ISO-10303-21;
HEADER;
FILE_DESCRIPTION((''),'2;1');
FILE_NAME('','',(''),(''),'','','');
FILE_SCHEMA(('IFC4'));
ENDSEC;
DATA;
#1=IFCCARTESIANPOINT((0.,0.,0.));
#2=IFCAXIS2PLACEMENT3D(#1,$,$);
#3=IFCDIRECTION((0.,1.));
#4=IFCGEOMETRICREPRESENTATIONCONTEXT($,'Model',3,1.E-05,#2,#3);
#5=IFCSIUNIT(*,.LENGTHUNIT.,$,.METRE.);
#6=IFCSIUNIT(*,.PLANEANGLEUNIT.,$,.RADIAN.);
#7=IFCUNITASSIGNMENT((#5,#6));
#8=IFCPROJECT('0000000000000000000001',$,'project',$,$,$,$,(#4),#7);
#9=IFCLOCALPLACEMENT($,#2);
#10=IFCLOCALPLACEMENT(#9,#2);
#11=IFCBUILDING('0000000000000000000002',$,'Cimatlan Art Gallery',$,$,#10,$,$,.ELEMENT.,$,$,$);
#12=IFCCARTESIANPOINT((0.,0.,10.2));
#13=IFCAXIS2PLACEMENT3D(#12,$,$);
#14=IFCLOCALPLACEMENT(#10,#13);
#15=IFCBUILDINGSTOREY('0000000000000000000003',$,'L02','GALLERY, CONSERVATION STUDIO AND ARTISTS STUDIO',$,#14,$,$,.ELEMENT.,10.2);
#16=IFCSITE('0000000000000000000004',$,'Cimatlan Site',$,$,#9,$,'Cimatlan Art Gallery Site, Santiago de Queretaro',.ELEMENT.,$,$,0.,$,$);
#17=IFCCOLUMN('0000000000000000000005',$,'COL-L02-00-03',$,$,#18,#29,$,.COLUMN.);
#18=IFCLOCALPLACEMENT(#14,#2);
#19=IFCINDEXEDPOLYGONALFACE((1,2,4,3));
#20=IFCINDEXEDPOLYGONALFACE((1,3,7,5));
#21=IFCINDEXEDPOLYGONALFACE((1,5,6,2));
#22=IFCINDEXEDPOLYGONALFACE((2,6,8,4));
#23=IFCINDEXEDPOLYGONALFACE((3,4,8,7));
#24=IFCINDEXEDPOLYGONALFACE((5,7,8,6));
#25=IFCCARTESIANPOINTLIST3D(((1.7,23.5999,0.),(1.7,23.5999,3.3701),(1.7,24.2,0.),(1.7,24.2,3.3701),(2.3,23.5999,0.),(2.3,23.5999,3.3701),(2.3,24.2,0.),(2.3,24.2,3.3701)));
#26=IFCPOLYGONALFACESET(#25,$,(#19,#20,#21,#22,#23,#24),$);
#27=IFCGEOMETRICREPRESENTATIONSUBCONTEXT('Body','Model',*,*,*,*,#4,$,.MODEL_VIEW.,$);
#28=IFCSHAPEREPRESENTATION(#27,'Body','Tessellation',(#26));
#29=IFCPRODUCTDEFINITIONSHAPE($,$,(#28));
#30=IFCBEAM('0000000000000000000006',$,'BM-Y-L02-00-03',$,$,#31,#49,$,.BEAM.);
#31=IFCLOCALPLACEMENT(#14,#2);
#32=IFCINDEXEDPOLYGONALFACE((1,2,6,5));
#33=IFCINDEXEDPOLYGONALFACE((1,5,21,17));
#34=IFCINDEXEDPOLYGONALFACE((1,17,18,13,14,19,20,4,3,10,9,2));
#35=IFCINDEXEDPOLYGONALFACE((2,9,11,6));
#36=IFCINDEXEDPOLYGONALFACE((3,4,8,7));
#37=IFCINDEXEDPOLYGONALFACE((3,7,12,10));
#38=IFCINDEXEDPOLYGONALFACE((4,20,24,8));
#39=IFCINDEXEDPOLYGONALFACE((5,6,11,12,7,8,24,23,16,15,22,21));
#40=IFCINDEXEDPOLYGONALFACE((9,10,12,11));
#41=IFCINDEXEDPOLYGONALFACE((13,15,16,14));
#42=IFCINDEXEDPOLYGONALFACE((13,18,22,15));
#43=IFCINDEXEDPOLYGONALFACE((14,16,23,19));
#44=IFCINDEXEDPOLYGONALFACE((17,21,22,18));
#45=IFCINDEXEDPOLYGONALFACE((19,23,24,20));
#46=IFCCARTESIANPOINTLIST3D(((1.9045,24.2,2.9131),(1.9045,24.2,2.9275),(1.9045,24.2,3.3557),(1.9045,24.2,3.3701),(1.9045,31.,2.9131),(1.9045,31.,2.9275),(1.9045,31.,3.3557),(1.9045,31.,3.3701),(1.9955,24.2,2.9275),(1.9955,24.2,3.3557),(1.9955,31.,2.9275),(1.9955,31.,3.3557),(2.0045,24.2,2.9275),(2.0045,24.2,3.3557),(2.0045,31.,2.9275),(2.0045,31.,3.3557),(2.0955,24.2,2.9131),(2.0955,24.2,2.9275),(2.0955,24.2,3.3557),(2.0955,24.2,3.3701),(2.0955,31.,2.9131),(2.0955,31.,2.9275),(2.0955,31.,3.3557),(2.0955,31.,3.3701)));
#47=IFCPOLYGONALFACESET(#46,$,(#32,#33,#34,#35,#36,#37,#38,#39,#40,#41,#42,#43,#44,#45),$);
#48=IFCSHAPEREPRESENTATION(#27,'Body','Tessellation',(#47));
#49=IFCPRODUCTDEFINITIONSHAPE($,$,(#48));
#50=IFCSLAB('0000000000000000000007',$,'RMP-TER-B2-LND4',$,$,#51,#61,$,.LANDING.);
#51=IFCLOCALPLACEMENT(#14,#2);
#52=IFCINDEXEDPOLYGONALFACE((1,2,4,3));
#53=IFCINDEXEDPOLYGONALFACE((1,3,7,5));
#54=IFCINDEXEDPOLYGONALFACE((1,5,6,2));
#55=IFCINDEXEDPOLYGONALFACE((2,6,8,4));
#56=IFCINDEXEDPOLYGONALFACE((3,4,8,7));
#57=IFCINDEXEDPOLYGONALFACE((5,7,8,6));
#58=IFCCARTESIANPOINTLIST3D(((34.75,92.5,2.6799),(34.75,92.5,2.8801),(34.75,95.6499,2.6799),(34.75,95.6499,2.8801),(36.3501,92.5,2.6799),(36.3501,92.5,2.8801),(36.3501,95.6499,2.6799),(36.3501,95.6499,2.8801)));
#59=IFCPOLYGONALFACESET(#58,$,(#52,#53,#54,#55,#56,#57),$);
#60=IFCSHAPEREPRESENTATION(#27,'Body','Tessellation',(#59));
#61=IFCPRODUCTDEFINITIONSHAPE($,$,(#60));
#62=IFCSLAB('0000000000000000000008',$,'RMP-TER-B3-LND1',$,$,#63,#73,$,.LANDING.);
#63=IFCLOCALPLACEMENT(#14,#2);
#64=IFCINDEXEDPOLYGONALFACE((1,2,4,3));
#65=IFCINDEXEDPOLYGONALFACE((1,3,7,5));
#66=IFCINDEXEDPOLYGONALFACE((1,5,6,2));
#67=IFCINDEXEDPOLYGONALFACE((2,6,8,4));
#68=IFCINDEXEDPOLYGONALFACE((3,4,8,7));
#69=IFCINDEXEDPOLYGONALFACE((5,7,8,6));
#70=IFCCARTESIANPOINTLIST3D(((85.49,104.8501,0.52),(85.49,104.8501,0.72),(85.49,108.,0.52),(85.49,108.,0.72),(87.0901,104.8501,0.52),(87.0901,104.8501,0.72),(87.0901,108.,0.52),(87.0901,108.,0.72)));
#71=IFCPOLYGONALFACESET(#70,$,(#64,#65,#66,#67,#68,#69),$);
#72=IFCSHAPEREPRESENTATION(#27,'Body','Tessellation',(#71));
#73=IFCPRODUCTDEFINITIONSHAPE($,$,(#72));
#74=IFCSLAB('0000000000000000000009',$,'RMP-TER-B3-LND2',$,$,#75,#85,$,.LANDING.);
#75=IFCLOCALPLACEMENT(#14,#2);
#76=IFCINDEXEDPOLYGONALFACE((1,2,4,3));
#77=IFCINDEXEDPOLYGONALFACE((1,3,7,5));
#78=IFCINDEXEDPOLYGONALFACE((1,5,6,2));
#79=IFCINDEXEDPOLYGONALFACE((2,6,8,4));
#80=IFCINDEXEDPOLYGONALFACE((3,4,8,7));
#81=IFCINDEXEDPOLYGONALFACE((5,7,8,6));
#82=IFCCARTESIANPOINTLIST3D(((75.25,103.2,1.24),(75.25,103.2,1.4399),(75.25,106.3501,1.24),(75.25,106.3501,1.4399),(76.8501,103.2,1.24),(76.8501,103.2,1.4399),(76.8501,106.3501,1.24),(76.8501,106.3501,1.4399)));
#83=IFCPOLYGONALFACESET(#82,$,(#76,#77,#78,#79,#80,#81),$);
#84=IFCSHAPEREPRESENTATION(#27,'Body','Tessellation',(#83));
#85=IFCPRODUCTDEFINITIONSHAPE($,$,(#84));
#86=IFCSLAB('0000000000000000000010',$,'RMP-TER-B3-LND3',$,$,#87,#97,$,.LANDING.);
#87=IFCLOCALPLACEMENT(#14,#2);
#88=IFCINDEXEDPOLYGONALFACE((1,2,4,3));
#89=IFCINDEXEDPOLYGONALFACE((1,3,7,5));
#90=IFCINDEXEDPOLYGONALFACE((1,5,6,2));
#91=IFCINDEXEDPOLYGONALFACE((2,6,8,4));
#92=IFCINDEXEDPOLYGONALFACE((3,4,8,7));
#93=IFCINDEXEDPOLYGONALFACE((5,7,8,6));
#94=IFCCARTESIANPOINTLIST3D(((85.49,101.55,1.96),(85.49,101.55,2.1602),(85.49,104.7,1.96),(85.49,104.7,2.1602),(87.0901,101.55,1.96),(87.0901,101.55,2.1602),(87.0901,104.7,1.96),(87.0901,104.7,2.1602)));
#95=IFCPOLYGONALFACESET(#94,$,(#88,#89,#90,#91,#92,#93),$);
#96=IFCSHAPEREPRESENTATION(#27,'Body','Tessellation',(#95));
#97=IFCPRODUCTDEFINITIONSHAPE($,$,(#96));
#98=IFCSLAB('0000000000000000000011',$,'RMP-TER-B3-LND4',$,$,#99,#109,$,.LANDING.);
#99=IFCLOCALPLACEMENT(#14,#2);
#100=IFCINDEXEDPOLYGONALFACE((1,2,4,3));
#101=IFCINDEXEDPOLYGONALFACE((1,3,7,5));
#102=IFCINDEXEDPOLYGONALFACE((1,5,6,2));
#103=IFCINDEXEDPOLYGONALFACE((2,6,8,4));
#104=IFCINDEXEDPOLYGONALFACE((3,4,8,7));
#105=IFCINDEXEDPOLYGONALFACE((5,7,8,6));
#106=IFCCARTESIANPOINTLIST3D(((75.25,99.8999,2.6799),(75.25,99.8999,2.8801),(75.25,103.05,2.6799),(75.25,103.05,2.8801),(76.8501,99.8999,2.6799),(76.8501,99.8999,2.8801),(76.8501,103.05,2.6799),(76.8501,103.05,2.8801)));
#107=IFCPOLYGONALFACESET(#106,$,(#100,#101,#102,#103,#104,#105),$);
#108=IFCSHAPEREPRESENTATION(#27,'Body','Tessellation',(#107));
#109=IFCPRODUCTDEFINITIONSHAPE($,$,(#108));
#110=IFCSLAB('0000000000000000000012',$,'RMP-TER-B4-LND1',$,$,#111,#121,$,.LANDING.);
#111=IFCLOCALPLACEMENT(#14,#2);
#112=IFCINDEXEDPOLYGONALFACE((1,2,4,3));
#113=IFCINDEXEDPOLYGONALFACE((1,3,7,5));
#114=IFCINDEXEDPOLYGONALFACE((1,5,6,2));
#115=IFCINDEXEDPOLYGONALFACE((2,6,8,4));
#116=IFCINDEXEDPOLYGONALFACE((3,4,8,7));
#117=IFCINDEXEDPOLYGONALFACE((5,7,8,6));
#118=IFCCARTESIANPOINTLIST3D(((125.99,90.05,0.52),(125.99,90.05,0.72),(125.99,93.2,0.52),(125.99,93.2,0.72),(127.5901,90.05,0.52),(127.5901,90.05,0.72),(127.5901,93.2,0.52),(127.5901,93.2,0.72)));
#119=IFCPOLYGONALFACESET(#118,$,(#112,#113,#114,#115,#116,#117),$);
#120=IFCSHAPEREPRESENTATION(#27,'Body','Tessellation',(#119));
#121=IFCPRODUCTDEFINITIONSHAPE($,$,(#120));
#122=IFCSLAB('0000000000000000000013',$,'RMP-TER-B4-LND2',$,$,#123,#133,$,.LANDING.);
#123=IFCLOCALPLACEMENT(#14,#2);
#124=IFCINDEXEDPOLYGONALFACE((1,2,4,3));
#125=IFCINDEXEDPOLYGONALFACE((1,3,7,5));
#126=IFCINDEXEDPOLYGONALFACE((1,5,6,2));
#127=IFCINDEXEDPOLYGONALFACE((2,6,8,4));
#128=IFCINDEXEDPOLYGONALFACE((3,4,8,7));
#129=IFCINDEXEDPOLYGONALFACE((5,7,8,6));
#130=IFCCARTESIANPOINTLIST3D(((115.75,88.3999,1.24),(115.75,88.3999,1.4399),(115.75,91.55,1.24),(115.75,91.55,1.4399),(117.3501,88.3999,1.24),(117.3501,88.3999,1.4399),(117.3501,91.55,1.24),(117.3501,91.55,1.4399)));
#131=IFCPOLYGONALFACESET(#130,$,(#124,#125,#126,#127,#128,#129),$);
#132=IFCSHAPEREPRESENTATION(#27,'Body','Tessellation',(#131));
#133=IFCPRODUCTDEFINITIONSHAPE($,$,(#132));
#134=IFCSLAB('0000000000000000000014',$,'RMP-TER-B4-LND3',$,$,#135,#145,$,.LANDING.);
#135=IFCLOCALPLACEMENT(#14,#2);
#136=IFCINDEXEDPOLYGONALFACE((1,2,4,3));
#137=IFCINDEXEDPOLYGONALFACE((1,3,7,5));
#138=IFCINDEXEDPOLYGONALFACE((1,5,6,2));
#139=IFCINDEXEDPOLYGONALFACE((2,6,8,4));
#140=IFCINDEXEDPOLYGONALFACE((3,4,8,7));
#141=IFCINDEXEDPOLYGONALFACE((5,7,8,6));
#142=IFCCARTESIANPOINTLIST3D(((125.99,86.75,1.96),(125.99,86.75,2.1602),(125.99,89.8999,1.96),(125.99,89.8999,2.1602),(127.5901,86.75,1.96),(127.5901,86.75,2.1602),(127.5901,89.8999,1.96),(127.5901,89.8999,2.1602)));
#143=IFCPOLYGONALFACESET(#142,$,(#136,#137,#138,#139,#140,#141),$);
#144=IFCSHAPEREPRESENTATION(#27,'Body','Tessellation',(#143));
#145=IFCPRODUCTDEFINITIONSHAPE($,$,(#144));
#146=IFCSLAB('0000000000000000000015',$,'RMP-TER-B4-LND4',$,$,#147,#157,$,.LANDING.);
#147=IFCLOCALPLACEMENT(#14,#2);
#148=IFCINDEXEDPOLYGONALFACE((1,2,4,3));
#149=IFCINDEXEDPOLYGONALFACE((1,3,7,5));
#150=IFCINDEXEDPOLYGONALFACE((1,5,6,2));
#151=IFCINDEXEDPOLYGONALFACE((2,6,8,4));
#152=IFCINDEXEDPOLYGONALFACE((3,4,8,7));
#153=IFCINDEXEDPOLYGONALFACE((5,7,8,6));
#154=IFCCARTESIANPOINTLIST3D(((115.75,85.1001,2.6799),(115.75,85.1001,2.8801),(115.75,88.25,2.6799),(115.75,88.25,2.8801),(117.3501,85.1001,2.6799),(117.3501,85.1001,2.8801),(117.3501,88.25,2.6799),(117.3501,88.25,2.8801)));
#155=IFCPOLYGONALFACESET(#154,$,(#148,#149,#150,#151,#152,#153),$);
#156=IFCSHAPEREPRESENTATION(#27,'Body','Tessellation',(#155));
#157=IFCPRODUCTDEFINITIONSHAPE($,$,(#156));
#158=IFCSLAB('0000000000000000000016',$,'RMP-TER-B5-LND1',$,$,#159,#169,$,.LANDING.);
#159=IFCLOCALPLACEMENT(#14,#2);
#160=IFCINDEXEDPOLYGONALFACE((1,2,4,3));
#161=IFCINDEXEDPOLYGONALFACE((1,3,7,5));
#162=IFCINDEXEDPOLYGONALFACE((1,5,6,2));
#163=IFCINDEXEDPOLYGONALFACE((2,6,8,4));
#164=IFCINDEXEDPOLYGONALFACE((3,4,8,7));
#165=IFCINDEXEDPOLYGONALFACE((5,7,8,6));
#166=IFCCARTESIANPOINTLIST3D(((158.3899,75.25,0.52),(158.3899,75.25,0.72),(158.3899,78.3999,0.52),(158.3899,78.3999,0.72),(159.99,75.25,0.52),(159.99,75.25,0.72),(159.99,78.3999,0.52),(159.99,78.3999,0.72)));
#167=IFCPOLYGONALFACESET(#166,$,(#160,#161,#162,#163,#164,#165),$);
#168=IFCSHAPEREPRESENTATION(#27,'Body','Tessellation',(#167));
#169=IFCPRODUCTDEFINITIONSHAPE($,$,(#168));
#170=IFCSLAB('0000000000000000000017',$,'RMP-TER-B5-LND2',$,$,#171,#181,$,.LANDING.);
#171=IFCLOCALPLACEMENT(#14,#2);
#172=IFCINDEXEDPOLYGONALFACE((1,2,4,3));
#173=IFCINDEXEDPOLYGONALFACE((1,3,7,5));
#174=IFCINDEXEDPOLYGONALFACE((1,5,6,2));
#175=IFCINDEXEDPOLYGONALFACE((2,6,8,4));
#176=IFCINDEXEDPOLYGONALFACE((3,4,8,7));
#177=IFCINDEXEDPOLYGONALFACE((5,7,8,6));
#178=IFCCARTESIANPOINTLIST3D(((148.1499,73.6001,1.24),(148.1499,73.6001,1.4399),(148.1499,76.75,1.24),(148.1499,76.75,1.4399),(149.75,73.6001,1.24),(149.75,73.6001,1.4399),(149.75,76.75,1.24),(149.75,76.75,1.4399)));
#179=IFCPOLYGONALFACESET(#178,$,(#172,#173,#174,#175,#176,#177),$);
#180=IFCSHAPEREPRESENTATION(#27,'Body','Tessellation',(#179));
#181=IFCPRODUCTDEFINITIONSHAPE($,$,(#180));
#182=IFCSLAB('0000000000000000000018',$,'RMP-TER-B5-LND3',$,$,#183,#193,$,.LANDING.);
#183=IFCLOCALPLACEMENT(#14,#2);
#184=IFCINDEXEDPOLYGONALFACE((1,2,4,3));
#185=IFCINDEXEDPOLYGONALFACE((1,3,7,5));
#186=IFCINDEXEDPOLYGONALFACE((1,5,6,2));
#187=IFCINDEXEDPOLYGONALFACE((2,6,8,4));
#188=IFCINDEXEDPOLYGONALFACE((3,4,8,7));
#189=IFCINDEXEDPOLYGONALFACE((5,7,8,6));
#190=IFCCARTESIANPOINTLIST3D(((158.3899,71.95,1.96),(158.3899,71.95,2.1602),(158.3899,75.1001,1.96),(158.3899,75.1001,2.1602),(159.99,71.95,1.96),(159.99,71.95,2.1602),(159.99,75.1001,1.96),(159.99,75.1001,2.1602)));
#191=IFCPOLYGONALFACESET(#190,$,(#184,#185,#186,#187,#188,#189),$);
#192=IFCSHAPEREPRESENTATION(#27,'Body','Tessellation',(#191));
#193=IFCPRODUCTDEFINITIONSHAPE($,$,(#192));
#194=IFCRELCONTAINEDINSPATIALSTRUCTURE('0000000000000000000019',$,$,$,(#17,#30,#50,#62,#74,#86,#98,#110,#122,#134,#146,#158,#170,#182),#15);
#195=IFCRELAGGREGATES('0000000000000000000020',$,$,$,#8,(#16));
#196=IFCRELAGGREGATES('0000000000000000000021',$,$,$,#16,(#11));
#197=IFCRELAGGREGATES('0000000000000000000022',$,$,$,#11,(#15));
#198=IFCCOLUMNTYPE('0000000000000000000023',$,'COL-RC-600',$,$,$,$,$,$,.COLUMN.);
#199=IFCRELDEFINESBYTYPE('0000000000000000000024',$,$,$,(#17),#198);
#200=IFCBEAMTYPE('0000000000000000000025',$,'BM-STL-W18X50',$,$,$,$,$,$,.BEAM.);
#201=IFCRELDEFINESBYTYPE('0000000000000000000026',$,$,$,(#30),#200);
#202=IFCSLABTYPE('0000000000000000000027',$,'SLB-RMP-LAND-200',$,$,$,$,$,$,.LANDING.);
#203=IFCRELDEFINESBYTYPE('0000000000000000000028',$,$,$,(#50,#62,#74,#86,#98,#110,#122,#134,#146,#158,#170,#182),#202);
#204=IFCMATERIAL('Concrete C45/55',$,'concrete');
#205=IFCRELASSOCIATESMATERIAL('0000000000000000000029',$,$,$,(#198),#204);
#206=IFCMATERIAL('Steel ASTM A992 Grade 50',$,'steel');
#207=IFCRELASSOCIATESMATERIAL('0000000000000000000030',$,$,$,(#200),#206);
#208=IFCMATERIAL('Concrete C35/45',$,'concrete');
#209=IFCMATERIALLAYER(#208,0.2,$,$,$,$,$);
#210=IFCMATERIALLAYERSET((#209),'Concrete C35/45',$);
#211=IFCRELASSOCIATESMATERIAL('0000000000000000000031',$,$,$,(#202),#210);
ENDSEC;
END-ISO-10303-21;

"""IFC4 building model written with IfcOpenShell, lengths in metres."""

from ifc_helpers import new_model, si_unit, direction, frame, origin, origin_2d, place, context, subcontext, project, spatial, polyline, rectangle, i_section, outline, extrude, material, layer, layer_set, material_profile, profile_set, type_object, element, save


model = new_model("IFC4")

# Units and contexts
model_context = context("Model", 3, precision=1e-05, world=origin(), true_north=direction((0.0, 1.0)))
body_context = subcontext(model_context, "Body", "Model", "MODEL_VIEW")
ifc_project = project(units=[si_unit("LENGTHUNIT", "METRE"), si_unit("PLANEANGLEUNIT", "RADIAN")], contexts=[model_context])

# Site, building, storey
site_placement = place(None, origin())
site = spatial("IfcSite", under=ifc_project, at=site_placement, Name="Cimatlan Site", LongName="Cimatlan Art Gallery Site, Santiago de Queretaro", CompositionType="ELEMENT", RefElevation=0.0)
building_placement = place(site_placement, origin())
building = spatial("IfcBuilding", under=site, at=building_placement, Name="Cimatlan Art Gallery", CompositionType="ELEMENT")
storey_placement = place(building_placement, frame((0.0, 0.0, 10.2)))
storey = spatial("IfcBuildingStorey", under=building, at=storey_placement, Name="L02", Description="GALLERY, CONSERVATION STUDIO AND ARTISTS STUDIO", CompositionType="ELEMENT", Elevation=10.2)

# Column
ifc_material_1 = material(Name="Concrete C45/55", Category="concrete")
ifc_material_profile_1 = material_profile(ifc_material_1, rectangle(XDim=0.6001, YDim=0.6001, at=origin_2d()), Name="RC600X600")
ifc_profile_set_1 = profile_set([ifc_material_profile_1], Name="Concrete C45/55")
column_type = type_object("IfcColumnType", Name="COL-RC-600", PredefinedType="COLUMN", material=ifc_profile_set_1)
column_placement = place(storey_placement, frame((2.0, 23.8999, 0.0), z_axis=(0.0, 0.0, 1.0), x_axis=(1.0, 0.0, 0.0)))
element("IfcColumn", 1, at=column_placement, inside=storey, type_object=column_type, Name="COL-L02-00-03", PredefinedType="COLUMN", context=body_context, shape_type="SweptSolid", body=[
    extrude(rectangle(XDim=0.6001, YDim=0.6001, at=origin_2d()), origin(), (0.0, 0.0, 1.0), 3.3701),
])

# Beam
ifc_material_2 = material(Name="Steel ASTM A992 Grade 50", Category="steel")
ifc_material_profile_2 = material_profile(ifc_material_2, i_section(OverallWidth=0.1909, OverallDepth=0.457, WebThickness=0.009, FlangeThickness=0.0144, at=origin_2d()), Name="W18X50")
ifc_profile_set_2 = profile_set([ifc_material_profile_2], Name="Steel ASTM A992 Grade 50")
beam_type = type_object("IfcBeamType", Name="BM-STL-W18X50", PredefinedType="BEAM", material=ifc_profile_set_2)
beam_placement = place(storey_placement, frame((2.0, 24.2, 3.1416), z_axis=(0.0, 1.0, 0.0), x_axis=(-1.0, 0.0, 0.0)))
element("IfcBeam", 2, at=beam_placement, inside=storey, type_object=beam_type, Name="BM-Y-L02-00-03", PredefinedType="BEAM", context=body_context, shape_type="SweptSolid", body=[
    extrude(i_section(OverallWidth=0.1909, OverallDepth=0.457, WebThickness=0.009, FlangeThickness=0.0144, at=origin_2d()), origin(), (0.0, 0.0, 1.0), 6.8),
])

# Slabs
ifc_material_3 = material(Name="Concrete C35/45", Category="concrete")
ifc_layer_1 = layer(ifc_material_3, 0.2)
ifc_layer_set_1 = layer_set([ifc_layer_1], Name="Concrete C35/45")
slab_type_1 = type_object("IfcSlabType", Name="SLB-RMP-LAND-200", PredefinedType="LANDING", material=ifc_layer_set_1)
slab_1_placement = place(storey_placement, frame((0.0, 0.0, 2.6799)))
element("IfcSlab", 3, at=slab_1_placement, inside=storey, type_object=slab_type_1, Name="RMP-TER-B2-LND4", PredefinedType="LANDING", context=body_context, shape_type="SweptSolid", body=[
    extrude(outline(polyline([(34.75, 92.5), (36.3501, 92.5), (36.3501, 95.6499), (34.75, 95.6499), (34.75, 92.5)])), origin(), (0.0, 0.0, 1.0), 0.2002),
])
slab_2_placement = place(storey_placement, frame((0.0, 0.0, 0.52)))
element("IfcSlab", 4, at=slab_2_placement, inside=storey, type_object=slab_type_1, Name="RMP-TER-B3-LND1", PredefinedType="LANDING", context=body_context, shape_type="SweptSolid", body=[
    extrude(outline(polyline([(85.49, 104.8501), (87.0901, 104.8501), (87.0901, 108.0), (85.49, 108.0), (85.49, 104.8501)])), origin(), (0.0, 0.0, 1.0), 0.2),
])
slab_3_placement = place(storey_placement, frame((0.0, 0.0, 1.24)))
element("IfcSlab", 5, at=slab_3_placement, inside=storey, type_object=slab_type_1, Name="RMP-TER-B3-LND2", PredefinedType="LANDING", context=body_context, shape_type="SweptSolid", body=[
    extrude(outline(polyline([(75.25, 103.2), (76.8501, 103.2), (76.8501, 106.3501), (75.25, 106.3501), (75.25, 103.2)])), origin(), (0.0, 0.0, 1.0), 0.2),
])
slab_4_placement = place(storey_placement, frame((0.0, 0.0, 1.96)))
element("IfcSlab", 6, at=slab_4_placement, inside=storey, type_object=slab_type_1, Name="RMP-TER-B3-LND3", PredefinedType="LANDING", context=body_context, shape_type="SweptSolid", body=[
    extrude(outline(polyline([(85.49, 101.55), (87.0901, 101.55), (87.0901, 104.7), (85.49, 104.7), (85.49, 101.55)])), origin(), (0.0, 0.0, 1.0), 0.2002),
])
slab_5_placement = place(storey_placement, frame((0.0, 0.0, 2.6799)))
element("IfcSlab", 7, at=slab_5_placement, inside=storey, type_object=slab_type_1, Name="RMP-TER-B3-LND4", PredefinedType="LANDING", context=body_context, shape_type="SweptSolid", body=[
    extrude(outline(polyline([(75.25, 99.8999), (76.8501, 99.8999), (76.8501, 103.05), (75.25, 103.05), (75.25, 99.8999)])), origin(), (0.0, 0.0, 1.0), 0.2002),
])
slab_6_placement = place(storey_placement, frame((0.0, 0.0, 0.52)))
element("IfcSlab", 8, at=slab_6_placement, inside=storey, type_object=slab_type_1, Name="RMP-TER-B4-LND1", PredefinedType="LANDING", context=body_context, shape_type="SweptSolid", body=[
    extrude(outline(polyline([(125.99, 90.05), (127.5901, 90.05), (127.5901, 93.2), (125.99, 93.2), (125.99, 90.05)])), origin(), (0.0, 0.0, 1.0), 0.2),
])
slab_7_placement = place(storey_placement, frame((0.0, 0.0, 1.24)))
element("IfcSlab", 9, at=slab_7_placement, inside=storey, type_object=slab_type_1, Name="RMP-TER-B4-LND2", PredefinedType="LANDING", context=body_context, shape_type="SweptSolid", body=[
    extrude(outline(polyline([(115.75, 88.3999), (117.3501, 88.3999), (117.3501, 91.55), (115.75, 91.55), (115.75, 88.3999)])), origin(), (0.0, 0.0, 1.0), 0.2),
])
slab_8_placement = place(storey_placement, frame((0.0, 0.0, 1.96)))
element("IfcSlab", 10, at=slab_8_placement, inside=storey, type_object=slab_type_1, Name="RMP-TER-B4-LND3", PredefinedType="LANDING", context=body_context, shape_type="SweptSolid", body=[
    extrude(outline(polyline([(125.99, 86.75), (127.5901, 86.75), (127.5901, 89.8999), (125.99, 89.8999), (125.99, 86.75)])), origin(), (0.0, 0.0, 1.0), 0.2002),
])
slab_9_placement = place(storey_placement, frame((0.0, 0.0, 2.6799)))
element("IfcSlab", 11, at=slab_9_placement, inside=storey, type_object=slab_type_1, Name="RMP-TER-B4-LND4", PredefinedType="LANDING", context=body_context, shape_type="SweptSolid", body=[
    extrude(outline(polyline([(115.75, 85.1001), (117.3501, 85.1001), (117.3501, 88.25), (115.75, 88.25), (115.75, 85.1001)])), origin(), (0.0, 0.0, 1.0), 0.2002),
])
slab_10_placement = place(storey_placement, frame((0.0, 0.0, 0.52)))
element("IfcSlab", 12, at=slab_10_placement, inside=storey, type_object=slab_type_1, Name="RMP-TER-B5-LND1", PredefinedType="LANDING", context=body_context, shape_type="SweptSolid", body=[
    extrude(outline(polyline([(158.3899, 75.25), (159.99, 75.25), (159.99, 78.3999), (158.3899, 78.3999), (158.3899, 75.25)])), origin(), (0.0, 0.0, 1.0), 0.2),
])
slab_11_placement = place(storey_placement, frame((0.0, 0.0, 1.24)))
element("IfcSlab", 13, at=slab_11_placement, inside=storey, type_object=slab_type_1, Name="RMP-TER-B5-LND2", PredefinedType="LANDING", context=body_context, shape_type="SweptSolid", body=[
    extrude(outline(polyline([(148.1499, 73.6001), (149.75, 73.6001), (149.75, 76.75), (148.1499, 76.75), (148.1499, 73.6001)])), origin(), (0.0, 0.0, 1.0), 0.2),
])
slab_12_placement = place(storey_placement, frame((0.0, 0.0, 1.96)))
element("IfcSlab", 14, at=slab_12_placement, inside=storey, type_object=slab_type_1, Name="RMP-TER-B5-LND3", PredefinedType="LANDING", context=body_context, shape_type="SweptSolid", body=[
    extrude(outline(polyline([(158.3899, 71.95), (159.99, 71.95), (159.99, 75.1001), (158.3899, 75.1001), (158.3899, 71.95)])), origin(), (0.0, 0.0, 1.0), 0.2002),
])

save(model, "model.ifc")
